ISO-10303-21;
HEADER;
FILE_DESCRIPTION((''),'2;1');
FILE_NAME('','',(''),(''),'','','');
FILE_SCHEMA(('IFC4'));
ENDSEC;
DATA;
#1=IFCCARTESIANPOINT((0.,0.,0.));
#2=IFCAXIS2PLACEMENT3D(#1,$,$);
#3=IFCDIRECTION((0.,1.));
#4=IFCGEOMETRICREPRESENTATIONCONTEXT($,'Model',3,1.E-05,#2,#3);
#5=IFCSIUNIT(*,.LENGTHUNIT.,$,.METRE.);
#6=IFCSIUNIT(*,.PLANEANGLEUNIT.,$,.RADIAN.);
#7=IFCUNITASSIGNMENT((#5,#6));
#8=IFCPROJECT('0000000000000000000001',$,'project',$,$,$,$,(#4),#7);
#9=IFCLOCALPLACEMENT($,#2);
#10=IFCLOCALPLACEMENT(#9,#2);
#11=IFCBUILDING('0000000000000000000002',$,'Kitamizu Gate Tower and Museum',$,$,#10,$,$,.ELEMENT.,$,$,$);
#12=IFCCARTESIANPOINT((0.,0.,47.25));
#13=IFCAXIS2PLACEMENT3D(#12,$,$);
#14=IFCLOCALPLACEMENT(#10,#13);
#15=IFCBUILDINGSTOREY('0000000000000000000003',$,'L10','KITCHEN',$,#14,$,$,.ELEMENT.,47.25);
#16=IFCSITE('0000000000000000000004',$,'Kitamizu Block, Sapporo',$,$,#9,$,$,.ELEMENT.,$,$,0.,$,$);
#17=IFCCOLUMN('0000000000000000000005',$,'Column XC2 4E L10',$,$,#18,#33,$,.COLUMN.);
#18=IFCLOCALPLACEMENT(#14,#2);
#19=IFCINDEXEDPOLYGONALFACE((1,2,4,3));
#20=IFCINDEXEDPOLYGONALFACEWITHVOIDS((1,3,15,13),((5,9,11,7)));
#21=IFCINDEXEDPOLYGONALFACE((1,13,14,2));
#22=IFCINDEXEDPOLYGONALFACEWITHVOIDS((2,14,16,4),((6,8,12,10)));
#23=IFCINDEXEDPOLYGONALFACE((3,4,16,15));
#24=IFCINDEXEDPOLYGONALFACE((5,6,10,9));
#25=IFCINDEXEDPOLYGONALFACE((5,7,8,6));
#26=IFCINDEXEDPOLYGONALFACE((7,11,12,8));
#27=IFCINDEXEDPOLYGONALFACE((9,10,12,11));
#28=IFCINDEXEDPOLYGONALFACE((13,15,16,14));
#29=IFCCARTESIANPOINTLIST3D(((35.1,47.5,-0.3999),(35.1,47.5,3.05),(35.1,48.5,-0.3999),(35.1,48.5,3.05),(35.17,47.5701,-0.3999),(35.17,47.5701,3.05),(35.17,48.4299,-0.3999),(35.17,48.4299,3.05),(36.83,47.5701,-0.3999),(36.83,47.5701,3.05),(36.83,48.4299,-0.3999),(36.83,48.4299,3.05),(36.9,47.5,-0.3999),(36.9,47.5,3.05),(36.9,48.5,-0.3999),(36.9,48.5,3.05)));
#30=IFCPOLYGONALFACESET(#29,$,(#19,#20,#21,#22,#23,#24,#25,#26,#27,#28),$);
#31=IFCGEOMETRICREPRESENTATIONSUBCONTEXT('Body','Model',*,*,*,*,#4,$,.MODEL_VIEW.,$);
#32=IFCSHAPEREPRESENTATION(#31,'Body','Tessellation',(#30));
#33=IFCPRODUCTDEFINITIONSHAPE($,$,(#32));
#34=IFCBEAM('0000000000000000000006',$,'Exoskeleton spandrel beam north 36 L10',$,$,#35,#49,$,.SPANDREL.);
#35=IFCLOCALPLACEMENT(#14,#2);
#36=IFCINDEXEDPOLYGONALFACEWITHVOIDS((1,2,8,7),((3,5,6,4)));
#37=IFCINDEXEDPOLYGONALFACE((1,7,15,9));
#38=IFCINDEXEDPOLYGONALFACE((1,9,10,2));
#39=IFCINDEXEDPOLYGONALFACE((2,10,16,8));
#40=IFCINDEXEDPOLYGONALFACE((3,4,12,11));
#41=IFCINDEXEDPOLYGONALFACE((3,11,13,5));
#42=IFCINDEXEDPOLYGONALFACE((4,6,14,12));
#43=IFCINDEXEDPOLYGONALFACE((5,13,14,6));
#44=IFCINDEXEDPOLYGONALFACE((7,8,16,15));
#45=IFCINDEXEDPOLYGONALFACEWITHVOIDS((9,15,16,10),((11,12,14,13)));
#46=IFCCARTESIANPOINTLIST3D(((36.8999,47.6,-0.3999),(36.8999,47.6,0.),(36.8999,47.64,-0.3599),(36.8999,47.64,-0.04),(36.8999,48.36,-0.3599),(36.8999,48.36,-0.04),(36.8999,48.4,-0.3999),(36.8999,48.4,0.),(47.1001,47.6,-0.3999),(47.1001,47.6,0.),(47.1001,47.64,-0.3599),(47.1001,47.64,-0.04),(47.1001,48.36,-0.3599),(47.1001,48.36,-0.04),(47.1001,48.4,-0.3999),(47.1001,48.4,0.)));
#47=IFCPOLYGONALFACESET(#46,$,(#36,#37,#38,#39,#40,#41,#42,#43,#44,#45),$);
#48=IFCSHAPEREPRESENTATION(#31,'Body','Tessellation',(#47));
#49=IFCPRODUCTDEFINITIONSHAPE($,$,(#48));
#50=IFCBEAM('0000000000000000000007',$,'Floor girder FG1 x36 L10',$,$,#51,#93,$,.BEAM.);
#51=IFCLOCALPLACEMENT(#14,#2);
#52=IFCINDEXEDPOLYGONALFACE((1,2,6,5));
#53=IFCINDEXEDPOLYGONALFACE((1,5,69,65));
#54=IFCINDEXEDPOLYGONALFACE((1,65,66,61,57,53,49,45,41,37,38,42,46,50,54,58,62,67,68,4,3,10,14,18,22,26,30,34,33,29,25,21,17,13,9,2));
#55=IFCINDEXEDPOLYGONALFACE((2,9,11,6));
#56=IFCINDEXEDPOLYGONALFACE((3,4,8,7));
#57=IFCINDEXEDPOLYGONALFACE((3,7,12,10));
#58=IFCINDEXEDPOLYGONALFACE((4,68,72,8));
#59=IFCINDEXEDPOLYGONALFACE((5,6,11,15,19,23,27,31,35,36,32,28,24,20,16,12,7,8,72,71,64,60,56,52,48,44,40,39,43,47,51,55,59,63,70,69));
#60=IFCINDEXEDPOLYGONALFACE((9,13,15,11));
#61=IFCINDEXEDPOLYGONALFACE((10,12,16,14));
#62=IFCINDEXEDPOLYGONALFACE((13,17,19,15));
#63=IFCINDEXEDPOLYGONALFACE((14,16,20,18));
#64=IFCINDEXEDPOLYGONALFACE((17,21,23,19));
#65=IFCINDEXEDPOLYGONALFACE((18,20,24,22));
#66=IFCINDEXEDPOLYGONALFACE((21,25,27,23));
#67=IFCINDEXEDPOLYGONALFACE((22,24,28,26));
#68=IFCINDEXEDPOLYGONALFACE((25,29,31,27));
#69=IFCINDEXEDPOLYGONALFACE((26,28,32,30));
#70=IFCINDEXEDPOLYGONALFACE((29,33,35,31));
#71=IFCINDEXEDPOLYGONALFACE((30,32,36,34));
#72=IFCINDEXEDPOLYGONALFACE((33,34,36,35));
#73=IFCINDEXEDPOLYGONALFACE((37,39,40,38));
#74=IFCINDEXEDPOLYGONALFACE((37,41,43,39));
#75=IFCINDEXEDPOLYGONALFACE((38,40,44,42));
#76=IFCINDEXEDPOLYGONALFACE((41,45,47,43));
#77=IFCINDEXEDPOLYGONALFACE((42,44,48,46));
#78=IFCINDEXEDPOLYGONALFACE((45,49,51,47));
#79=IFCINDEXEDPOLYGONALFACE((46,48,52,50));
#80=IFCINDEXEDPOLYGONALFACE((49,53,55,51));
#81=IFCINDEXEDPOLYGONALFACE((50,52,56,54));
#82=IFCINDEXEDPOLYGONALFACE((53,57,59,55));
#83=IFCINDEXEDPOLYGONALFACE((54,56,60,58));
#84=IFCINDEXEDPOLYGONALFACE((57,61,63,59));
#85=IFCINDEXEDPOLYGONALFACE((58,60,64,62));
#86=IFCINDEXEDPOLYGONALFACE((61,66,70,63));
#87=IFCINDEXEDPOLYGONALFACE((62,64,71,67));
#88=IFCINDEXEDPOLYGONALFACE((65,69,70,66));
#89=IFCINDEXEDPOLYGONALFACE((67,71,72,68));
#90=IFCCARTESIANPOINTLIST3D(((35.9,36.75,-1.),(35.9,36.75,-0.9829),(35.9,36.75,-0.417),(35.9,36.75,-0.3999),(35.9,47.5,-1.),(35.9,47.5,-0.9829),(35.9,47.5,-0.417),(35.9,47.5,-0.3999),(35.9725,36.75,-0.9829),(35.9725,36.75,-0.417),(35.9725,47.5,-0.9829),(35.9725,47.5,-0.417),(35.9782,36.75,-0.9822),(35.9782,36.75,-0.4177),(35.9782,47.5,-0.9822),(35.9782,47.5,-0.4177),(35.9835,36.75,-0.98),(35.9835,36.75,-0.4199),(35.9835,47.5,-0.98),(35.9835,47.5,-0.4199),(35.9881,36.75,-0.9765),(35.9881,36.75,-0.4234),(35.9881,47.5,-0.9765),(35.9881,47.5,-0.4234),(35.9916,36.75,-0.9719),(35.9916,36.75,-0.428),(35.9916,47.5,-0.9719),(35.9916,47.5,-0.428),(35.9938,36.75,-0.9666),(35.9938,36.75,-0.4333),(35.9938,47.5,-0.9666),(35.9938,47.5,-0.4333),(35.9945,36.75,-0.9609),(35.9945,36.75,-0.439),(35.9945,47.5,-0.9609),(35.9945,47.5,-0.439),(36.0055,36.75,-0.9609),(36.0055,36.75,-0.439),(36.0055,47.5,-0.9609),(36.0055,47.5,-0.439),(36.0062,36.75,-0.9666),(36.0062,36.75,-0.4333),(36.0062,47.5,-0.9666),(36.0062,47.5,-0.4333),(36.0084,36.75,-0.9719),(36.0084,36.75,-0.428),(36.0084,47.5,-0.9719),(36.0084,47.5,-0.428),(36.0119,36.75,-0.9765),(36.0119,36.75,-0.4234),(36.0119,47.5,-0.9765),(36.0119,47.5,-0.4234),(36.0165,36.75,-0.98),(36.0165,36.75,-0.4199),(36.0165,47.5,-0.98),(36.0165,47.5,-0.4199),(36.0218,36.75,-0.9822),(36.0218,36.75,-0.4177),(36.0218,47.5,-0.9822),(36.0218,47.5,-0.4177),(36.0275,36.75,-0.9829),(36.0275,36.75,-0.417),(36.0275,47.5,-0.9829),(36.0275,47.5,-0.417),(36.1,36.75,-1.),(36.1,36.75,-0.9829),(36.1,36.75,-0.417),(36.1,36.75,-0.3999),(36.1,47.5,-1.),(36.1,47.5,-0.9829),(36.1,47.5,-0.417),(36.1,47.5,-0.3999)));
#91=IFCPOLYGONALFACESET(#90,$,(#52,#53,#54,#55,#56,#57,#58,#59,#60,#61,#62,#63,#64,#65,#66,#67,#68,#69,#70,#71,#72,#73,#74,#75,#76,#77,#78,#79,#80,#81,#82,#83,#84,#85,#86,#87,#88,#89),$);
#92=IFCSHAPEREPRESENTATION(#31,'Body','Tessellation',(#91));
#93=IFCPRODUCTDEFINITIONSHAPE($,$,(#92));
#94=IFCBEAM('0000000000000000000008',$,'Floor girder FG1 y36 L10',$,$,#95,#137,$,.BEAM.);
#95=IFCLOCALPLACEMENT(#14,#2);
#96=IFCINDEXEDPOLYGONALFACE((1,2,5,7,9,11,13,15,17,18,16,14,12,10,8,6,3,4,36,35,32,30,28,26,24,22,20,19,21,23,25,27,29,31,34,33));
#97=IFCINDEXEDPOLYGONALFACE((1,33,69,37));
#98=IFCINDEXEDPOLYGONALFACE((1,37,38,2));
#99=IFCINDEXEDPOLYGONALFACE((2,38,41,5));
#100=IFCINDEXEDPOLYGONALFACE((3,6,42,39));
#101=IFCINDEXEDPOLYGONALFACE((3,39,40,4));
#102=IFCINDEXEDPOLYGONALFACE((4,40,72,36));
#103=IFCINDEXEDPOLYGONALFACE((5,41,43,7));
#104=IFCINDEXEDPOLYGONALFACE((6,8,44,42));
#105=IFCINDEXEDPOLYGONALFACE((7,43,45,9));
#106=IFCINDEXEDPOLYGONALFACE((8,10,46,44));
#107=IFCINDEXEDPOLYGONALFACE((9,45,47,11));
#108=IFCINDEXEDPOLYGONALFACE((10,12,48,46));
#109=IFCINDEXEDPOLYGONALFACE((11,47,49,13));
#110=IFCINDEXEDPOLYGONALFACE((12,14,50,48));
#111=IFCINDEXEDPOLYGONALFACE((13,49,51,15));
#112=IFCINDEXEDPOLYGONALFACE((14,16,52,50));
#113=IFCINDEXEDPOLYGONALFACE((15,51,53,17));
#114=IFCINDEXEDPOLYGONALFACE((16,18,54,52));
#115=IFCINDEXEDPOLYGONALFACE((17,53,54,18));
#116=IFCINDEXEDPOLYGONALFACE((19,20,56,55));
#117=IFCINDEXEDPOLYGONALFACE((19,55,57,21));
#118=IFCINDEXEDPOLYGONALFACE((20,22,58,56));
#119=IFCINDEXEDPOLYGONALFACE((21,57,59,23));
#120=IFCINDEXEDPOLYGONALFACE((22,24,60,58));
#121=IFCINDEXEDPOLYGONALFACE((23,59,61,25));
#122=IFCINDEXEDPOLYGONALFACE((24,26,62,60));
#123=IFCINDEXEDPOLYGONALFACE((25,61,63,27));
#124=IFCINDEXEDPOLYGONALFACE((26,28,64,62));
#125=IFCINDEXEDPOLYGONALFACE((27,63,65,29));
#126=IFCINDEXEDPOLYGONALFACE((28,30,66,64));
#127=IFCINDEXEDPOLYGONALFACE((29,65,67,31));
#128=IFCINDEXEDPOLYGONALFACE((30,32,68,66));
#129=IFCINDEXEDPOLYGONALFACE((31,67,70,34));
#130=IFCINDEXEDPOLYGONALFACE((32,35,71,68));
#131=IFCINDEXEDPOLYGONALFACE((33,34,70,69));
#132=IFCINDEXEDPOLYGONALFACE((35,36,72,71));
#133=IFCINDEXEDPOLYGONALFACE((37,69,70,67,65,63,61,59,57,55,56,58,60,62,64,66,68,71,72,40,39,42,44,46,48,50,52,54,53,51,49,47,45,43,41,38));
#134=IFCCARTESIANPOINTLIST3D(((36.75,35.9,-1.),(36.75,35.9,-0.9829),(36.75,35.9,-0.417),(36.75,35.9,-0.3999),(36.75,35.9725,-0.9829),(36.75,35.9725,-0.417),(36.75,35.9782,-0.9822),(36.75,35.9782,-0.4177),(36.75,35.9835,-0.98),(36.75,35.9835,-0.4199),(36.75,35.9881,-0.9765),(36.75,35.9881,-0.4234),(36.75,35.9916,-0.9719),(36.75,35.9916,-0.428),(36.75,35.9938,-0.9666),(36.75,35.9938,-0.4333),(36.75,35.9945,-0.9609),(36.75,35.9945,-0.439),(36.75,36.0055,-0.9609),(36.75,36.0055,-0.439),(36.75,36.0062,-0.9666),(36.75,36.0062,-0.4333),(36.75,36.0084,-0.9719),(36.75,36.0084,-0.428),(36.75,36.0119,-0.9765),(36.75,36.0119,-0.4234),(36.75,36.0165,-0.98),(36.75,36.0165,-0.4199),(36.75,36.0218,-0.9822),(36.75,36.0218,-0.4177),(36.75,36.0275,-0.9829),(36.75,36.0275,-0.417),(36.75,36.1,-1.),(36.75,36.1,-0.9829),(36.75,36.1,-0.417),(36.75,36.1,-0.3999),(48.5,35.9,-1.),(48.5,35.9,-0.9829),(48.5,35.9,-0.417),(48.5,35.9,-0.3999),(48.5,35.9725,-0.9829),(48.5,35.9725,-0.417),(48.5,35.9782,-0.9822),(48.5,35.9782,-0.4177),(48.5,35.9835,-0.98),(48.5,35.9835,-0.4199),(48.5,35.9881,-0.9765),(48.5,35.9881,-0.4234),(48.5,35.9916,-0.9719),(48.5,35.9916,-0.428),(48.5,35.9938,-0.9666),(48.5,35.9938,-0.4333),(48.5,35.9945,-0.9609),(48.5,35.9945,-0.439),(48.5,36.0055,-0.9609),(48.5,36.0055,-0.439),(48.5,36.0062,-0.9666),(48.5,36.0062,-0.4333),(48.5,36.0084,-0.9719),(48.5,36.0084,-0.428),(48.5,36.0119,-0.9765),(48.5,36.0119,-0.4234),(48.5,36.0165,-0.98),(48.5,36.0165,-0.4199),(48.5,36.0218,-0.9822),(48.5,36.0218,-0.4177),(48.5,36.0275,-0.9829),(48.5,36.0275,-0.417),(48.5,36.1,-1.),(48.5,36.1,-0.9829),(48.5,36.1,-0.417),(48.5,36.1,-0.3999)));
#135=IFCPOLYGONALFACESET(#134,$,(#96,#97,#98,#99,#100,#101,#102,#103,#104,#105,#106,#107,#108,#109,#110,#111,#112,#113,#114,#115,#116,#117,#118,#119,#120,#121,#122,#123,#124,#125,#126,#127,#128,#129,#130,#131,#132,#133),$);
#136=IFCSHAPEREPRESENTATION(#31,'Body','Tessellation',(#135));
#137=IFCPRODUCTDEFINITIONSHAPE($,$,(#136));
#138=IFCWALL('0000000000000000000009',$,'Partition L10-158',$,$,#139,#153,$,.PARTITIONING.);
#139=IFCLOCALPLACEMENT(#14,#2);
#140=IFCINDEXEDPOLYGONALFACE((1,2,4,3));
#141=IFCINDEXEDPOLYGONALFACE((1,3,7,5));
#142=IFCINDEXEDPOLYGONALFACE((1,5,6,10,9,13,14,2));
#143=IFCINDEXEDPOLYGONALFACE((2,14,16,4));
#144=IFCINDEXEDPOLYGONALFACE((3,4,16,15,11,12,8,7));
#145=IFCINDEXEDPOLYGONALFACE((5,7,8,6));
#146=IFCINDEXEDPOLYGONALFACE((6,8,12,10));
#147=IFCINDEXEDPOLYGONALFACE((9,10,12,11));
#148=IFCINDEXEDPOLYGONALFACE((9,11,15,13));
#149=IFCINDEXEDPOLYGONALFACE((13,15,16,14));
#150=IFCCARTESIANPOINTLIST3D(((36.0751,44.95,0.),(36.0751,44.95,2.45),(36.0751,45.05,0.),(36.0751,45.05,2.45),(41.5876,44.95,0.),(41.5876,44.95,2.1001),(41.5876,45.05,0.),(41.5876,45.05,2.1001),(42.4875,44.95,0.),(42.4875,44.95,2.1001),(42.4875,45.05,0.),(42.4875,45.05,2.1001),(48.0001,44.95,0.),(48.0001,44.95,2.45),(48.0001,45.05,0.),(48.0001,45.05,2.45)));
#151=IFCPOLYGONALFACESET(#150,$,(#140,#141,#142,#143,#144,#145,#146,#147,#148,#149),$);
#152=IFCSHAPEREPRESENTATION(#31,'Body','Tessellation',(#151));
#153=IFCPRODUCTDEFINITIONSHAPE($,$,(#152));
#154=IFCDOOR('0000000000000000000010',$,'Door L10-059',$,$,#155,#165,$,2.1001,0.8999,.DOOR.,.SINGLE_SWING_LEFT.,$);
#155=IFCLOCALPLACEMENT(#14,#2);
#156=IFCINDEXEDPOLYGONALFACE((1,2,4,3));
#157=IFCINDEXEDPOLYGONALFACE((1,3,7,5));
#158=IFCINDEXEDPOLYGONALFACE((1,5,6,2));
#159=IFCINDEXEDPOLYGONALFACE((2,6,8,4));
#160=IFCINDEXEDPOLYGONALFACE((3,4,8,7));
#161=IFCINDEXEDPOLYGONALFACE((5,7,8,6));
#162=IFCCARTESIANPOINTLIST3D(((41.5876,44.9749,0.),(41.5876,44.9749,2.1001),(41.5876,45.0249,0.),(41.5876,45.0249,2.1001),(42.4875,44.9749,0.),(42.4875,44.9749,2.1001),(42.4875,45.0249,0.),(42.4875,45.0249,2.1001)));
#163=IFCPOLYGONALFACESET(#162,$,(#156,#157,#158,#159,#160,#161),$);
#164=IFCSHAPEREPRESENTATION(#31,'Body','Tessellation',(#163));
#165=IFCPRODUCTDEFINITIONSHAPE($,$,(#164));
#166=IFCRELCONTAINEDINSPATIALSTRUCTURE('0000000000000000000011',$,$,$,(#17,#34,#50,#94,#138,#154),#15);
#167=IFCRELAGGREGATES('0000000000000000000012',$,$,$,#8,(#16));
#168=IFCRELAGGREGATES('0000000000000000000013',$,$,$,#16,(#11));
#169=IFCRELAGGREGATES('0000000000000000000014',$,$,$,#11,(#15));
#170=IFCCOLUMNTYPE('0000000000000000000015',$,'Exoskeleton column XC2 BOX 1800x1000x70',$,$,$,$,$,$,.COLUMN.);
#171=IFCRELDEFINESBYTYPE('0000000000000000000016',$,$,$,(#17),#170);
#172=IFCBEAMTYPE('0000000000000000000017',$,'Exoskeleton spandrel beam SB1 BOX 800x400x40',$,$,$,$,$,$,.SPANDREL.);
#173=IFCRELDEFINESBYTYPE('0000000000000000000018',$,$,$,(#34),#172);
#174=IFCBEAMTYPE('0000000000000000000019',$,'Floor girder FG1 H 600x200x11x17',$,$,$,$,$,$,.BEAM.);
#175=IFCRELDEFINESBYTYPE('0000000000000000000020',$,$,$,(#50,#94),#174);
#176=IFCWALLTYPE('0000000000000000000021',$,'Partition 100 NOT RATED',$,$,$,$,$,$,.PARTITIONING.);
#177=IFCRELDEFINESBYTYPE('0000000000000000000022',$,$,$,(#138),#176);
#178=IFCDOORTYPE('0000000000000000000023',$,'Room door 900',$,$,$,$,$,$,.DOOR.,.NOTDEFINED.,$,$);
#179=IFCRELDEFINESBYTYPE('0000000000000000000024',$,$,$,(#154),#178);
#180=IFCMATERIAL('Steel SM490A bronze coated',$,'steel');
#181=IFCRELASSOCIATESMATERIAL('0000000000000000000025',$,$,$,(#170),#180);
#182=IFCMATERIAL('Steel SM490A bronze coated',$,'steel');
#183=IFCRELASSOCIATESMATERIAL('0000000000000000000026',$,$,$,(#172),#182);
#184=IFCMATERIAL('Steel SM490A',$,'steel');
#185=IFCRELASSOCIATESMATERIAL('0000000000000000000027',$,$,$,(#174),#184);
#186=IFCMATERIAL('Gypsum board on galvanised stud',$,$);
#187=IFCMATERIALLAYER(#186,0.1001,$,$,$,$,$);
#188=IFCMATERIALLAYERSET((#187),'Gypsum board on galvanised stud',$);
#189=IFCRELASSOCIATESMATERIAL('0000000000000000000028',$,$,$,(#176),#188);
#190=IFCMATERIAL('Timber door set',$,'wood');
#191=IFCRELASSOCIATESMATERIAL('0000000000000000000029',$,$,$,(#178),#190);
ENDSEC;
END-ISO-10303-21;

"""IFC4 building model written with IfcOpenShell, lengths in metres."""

from ifc_helpers import new_model, si_unit, direction, frame, frame_2d, origin, origin_2d, place, context, subcontext, project, spatial, rectangle, hollow_rectangle, i_section, extrude, material, layer, layer_set, material_profile, profile_set, type_object, element, fill, save


model = new_model("IFC4")

# Units and contexts
model_context = context("Model", 3, precision=1e-05, world=origin(), true_north=direction((0.0, 1.0)))
body_context = subcontext(model_context, "Body", "Model", "MODEL_VIEW")
ifc_project = project(units=[si_unit("LENGTHUNIT", "METRE"), si_unit("PLANEANGLEUNIT", "RADIAN")], contexts=[model_context])

# Site, building, storey
site_placement = place(None, origin())
site = spatial("IfcSite", under=ifc_project, at=site_placement, Name="Kitamizu Block, Sapporo", CompositionType="ELEMENT", RefElevation=0.0)
building_placement = place(site_placement, origin())
building = spatial("IfcBuilding", under=site, at=building_placement, Name="Kitamizu Gate Tower and Museum", CompositionType="ELEMENT")
storey_placement = place(building_placement, frame((0.0, 0.0, 47.25)))
storey = spatial("IfcBuildingStorey", under=building, at=storey_placement, Name="L10", Description="KITCHEN", CompositionType="ELEMENT", Elevation=47.25)

# Column
ifc_material_1 = material(Name="Steel SM490A bronze coated", Category="steel")
ifc_material_profile_1 = material_profile(ifc_material_1, hollow_rectangle(XDim=1.8, YDim=1.0, WallThickness=0.0701, at=origin_2d()), Name="BOX 1800x1000x70")
ifc_profile_set_1 = profile_set([ifc_material_profile_1], Name="Steel SM490A bronze coated")
column_type = type_object("IfcColumnType", Name="Exoskeleton column XC2 BOX 1800x1000x70", PredefinedType="COLUMN", material=ifc_profile_set_1)
column_placement = place(storey_placement, frame((36.0, 48.0, -0.3999), z_axis=(0.0, 0.0, 1.0), x_axis=(1.0, 0.0, 0.0)))
element("IfcColumn", 1, at=column_placement, inside=storey, type_object=column_type, Name="Column XC2 4E L10", PredefinedType="COLUMN", context=body_context, shape_type="SweptSolid", body=[
    extrude(hollow_rectangle(XDim=1.8, YDim=1.0, WallThickness=0.0701, at=origin_2d()), origin(), (0.0, 0.0, 1.0), 3.45),
])

# Beams
ifc_material_2 = material(Name="Steel SM490A bronze coated", Category="steel")
ifc_material_profile_2 = material_profile(ifc_material_2, hollow_rectangle(XDim=0.8, YDim=0.3999, WallThickness=0.04, at=origin_2d()), Name="BOX 800x400x40")
ifc_profile_set_2 = profile_set([ifc_material_profile_2], Name="Steel SM490A bronze coated")
beam_type_1 = type_object("IfcBeamType", Name="Exoskeleton spandrel beam SB1 BOX 800x400x40", PredefinedType="SPANDREL", material=ifc_profile_set_2)
beam_1_placement = place(storey_placement, frame((36.8999, 48.0, -0.2), z_axis=(1.0, 0.0, 0.0), x_axis=(0.0, 1.0, 0.0)))
element("IfcBeam", 2, at=beam_1_placement, inside=storey, type_object=beam_type_1, Name="Exoskeleton spandrel beam north 36 L10", PredefinedType="SPANDREL", context=body_context, shape_type="SweptSolid", body=[
    extrude(hollow_rectangle(XDim=0.8, YDim=0.3999, WallThickness=0.04, at=origin_2d()), origin(), (0.0, 0.0, 1.0), 10.2002),
])
ifc_material_3 = material(Name="Steel SM490A", Category="steel")
ifc_material_profile_3 = material_profile(ifc_material_3, i_section(OverallWidth=0.2, OverallDepth=0.6001, WebThickness=0.011, FlangeThickness=0.0171, FilletRadius=0.022, at=origin_2d()), Name="H-600x200x11x17")
ifc_profile_set_3 = profile_set([ifc_material_profile_3], Name="Steel SM490A")
beam_type_2 = type_object("IfcBeamType", Name="Floor girder FG1 H 600x200x11x17", PredefinedType="BEAM", material=ifc_profile_set_3)
beam_2_placement = place(storey_placement, frame((36.0, 36.75, -0.7), z_axis=(0.0, 1.0, 0.0), x_axis=(-1.0, 0.0, 0.0)))
element("IfcBeam", 3, at=beam_2_placement, inside=storey, type_object=beam_type_2, Name="Floor girder FG1 x36 L10", PredefinedType="BEAM", context=body_context, shape_type="SweptSolid", body=[
    extrude(i_section(OverallWidth=0.2, OverallDepth=0.6001, WebThickness=0.011, FlangeThickness=0.0171, FilletRadius=0.022, at=origin_2d()), origin(), (0.0, 0.0, 1.0), 10.75),
])
beam_3_placement = place(storey_placement, frame((36.75, 36.0, -0.7), z_axis=(1.0, 0.0, 0.0), x_axis=(0.0, 1.0, 0.0)))
element("IfcBeam", 4, at=beam_3_placement, inside=storey, type_object=beam_type_2, Name="Floor girder FG1 y36 L10", PredefinedType="BEAM", context=body_context, shape_type="SweptSolid", body=[
    extrude(i_section(OverallWidth=0.2, OverallDepth=0.6001, WebThickness=0.011, FlangeThickness=0.0171, FilletRadius=0.022, at=origin_2d()), origin(), (0.0, 0.0, 1.0), 11.75),
])

# Wall, opening, door
ifc_material_4 = material(Name="Gypsum board on galvanised stud")
ifc_layer_1 = layer(ifc_material_4, 0.1001)
ifc_layer_set_1 = layer_set([ifc_layer_1], Name="Gypsum board on galvanised stud")
wall_type_1 = type_object("IfcWallType", Name="Partition 100 NOT RATED", PredefinedType="PARTITIONING", material=ifc_layer_set_1)
wall_1_placement = place(storey_placement, frame((48.0, 45.0, 0.0), z_axis=(0.0, 0.0, 1.0), x_axis=(-1.0, 0.0, 0.0)))
wall_1 = element("IfcWall", 5, at=wall_1_placement, inside=storey, type_object=wall_type_1, Name="Partition L10-158", PredefinedType="PARTITIONING", context=body_context, shape_type="SweptSolid", body=[
    extrude(rectangle(XDim=11.925, YDim=0.1001, at=frame_2d((5.9624, 0.0))), origin(), (0.0, 0.0, 1.0), 2.45),
])
opening_1_placement = place(wall_1_placement, frame((5.5125, 0.0, 0.0)))
opening_1 = element("IfcOpeningElement", 6, at=opening_1_placement, cuts=wall_1, PredefinedType="OPENING", context=body_context, shape_type="SweptSolid", body=[
    extrude(rectangle(XDim=0.8999, YDim=2.1001, at=frame_2d((0.45, 1.05))), frame((0.0, 0.0601, 0.0), z_axis=(0.0, -1.0, 0.0), x_axis=(1.0, 0.0, 0.0)), (0.0, 0.0, 1.0), 0.1201),
])
ifc_material_5 = material(Name="Timber door set", Category="wood")
door_type_1 = type_object("IfcDoorType", Name="Room door 900", OperationType="NOTDEFINED", PredefinedType="DOOR", material=ifc_material_5)
door_1_placement = place(opening_1_placement, frame((0.8999, 0.0, 0.0), x_axis=(-1.0, 0.0, 0.0)))
door_1 = element("IfcDoor", 7, at=door_1_placement, inside=storey, type_object=door_type_1, Name="Door L10-059", OperationType="SINGLE_SWING_LEFT", OverallHeight=2.1001, OverallWidth=0.8999, PredefinedType="DOOR", context=body_context, shape_type="SweptSolid", body=[
    extrude(rectangle(XDim=0.8999, YDim=2.1001, at=frame_2d((0.45, 1.05))), frame((0.0, 0.0249, 0.0), z_axis=(0.0, -1.0, 0.0), x_axis=(1.0, 0.0, 0.0)), (0.0, 0.0, 1.0), 0.05),
])
fill(opening_1, door_1)

save(model, "model.ifc")
